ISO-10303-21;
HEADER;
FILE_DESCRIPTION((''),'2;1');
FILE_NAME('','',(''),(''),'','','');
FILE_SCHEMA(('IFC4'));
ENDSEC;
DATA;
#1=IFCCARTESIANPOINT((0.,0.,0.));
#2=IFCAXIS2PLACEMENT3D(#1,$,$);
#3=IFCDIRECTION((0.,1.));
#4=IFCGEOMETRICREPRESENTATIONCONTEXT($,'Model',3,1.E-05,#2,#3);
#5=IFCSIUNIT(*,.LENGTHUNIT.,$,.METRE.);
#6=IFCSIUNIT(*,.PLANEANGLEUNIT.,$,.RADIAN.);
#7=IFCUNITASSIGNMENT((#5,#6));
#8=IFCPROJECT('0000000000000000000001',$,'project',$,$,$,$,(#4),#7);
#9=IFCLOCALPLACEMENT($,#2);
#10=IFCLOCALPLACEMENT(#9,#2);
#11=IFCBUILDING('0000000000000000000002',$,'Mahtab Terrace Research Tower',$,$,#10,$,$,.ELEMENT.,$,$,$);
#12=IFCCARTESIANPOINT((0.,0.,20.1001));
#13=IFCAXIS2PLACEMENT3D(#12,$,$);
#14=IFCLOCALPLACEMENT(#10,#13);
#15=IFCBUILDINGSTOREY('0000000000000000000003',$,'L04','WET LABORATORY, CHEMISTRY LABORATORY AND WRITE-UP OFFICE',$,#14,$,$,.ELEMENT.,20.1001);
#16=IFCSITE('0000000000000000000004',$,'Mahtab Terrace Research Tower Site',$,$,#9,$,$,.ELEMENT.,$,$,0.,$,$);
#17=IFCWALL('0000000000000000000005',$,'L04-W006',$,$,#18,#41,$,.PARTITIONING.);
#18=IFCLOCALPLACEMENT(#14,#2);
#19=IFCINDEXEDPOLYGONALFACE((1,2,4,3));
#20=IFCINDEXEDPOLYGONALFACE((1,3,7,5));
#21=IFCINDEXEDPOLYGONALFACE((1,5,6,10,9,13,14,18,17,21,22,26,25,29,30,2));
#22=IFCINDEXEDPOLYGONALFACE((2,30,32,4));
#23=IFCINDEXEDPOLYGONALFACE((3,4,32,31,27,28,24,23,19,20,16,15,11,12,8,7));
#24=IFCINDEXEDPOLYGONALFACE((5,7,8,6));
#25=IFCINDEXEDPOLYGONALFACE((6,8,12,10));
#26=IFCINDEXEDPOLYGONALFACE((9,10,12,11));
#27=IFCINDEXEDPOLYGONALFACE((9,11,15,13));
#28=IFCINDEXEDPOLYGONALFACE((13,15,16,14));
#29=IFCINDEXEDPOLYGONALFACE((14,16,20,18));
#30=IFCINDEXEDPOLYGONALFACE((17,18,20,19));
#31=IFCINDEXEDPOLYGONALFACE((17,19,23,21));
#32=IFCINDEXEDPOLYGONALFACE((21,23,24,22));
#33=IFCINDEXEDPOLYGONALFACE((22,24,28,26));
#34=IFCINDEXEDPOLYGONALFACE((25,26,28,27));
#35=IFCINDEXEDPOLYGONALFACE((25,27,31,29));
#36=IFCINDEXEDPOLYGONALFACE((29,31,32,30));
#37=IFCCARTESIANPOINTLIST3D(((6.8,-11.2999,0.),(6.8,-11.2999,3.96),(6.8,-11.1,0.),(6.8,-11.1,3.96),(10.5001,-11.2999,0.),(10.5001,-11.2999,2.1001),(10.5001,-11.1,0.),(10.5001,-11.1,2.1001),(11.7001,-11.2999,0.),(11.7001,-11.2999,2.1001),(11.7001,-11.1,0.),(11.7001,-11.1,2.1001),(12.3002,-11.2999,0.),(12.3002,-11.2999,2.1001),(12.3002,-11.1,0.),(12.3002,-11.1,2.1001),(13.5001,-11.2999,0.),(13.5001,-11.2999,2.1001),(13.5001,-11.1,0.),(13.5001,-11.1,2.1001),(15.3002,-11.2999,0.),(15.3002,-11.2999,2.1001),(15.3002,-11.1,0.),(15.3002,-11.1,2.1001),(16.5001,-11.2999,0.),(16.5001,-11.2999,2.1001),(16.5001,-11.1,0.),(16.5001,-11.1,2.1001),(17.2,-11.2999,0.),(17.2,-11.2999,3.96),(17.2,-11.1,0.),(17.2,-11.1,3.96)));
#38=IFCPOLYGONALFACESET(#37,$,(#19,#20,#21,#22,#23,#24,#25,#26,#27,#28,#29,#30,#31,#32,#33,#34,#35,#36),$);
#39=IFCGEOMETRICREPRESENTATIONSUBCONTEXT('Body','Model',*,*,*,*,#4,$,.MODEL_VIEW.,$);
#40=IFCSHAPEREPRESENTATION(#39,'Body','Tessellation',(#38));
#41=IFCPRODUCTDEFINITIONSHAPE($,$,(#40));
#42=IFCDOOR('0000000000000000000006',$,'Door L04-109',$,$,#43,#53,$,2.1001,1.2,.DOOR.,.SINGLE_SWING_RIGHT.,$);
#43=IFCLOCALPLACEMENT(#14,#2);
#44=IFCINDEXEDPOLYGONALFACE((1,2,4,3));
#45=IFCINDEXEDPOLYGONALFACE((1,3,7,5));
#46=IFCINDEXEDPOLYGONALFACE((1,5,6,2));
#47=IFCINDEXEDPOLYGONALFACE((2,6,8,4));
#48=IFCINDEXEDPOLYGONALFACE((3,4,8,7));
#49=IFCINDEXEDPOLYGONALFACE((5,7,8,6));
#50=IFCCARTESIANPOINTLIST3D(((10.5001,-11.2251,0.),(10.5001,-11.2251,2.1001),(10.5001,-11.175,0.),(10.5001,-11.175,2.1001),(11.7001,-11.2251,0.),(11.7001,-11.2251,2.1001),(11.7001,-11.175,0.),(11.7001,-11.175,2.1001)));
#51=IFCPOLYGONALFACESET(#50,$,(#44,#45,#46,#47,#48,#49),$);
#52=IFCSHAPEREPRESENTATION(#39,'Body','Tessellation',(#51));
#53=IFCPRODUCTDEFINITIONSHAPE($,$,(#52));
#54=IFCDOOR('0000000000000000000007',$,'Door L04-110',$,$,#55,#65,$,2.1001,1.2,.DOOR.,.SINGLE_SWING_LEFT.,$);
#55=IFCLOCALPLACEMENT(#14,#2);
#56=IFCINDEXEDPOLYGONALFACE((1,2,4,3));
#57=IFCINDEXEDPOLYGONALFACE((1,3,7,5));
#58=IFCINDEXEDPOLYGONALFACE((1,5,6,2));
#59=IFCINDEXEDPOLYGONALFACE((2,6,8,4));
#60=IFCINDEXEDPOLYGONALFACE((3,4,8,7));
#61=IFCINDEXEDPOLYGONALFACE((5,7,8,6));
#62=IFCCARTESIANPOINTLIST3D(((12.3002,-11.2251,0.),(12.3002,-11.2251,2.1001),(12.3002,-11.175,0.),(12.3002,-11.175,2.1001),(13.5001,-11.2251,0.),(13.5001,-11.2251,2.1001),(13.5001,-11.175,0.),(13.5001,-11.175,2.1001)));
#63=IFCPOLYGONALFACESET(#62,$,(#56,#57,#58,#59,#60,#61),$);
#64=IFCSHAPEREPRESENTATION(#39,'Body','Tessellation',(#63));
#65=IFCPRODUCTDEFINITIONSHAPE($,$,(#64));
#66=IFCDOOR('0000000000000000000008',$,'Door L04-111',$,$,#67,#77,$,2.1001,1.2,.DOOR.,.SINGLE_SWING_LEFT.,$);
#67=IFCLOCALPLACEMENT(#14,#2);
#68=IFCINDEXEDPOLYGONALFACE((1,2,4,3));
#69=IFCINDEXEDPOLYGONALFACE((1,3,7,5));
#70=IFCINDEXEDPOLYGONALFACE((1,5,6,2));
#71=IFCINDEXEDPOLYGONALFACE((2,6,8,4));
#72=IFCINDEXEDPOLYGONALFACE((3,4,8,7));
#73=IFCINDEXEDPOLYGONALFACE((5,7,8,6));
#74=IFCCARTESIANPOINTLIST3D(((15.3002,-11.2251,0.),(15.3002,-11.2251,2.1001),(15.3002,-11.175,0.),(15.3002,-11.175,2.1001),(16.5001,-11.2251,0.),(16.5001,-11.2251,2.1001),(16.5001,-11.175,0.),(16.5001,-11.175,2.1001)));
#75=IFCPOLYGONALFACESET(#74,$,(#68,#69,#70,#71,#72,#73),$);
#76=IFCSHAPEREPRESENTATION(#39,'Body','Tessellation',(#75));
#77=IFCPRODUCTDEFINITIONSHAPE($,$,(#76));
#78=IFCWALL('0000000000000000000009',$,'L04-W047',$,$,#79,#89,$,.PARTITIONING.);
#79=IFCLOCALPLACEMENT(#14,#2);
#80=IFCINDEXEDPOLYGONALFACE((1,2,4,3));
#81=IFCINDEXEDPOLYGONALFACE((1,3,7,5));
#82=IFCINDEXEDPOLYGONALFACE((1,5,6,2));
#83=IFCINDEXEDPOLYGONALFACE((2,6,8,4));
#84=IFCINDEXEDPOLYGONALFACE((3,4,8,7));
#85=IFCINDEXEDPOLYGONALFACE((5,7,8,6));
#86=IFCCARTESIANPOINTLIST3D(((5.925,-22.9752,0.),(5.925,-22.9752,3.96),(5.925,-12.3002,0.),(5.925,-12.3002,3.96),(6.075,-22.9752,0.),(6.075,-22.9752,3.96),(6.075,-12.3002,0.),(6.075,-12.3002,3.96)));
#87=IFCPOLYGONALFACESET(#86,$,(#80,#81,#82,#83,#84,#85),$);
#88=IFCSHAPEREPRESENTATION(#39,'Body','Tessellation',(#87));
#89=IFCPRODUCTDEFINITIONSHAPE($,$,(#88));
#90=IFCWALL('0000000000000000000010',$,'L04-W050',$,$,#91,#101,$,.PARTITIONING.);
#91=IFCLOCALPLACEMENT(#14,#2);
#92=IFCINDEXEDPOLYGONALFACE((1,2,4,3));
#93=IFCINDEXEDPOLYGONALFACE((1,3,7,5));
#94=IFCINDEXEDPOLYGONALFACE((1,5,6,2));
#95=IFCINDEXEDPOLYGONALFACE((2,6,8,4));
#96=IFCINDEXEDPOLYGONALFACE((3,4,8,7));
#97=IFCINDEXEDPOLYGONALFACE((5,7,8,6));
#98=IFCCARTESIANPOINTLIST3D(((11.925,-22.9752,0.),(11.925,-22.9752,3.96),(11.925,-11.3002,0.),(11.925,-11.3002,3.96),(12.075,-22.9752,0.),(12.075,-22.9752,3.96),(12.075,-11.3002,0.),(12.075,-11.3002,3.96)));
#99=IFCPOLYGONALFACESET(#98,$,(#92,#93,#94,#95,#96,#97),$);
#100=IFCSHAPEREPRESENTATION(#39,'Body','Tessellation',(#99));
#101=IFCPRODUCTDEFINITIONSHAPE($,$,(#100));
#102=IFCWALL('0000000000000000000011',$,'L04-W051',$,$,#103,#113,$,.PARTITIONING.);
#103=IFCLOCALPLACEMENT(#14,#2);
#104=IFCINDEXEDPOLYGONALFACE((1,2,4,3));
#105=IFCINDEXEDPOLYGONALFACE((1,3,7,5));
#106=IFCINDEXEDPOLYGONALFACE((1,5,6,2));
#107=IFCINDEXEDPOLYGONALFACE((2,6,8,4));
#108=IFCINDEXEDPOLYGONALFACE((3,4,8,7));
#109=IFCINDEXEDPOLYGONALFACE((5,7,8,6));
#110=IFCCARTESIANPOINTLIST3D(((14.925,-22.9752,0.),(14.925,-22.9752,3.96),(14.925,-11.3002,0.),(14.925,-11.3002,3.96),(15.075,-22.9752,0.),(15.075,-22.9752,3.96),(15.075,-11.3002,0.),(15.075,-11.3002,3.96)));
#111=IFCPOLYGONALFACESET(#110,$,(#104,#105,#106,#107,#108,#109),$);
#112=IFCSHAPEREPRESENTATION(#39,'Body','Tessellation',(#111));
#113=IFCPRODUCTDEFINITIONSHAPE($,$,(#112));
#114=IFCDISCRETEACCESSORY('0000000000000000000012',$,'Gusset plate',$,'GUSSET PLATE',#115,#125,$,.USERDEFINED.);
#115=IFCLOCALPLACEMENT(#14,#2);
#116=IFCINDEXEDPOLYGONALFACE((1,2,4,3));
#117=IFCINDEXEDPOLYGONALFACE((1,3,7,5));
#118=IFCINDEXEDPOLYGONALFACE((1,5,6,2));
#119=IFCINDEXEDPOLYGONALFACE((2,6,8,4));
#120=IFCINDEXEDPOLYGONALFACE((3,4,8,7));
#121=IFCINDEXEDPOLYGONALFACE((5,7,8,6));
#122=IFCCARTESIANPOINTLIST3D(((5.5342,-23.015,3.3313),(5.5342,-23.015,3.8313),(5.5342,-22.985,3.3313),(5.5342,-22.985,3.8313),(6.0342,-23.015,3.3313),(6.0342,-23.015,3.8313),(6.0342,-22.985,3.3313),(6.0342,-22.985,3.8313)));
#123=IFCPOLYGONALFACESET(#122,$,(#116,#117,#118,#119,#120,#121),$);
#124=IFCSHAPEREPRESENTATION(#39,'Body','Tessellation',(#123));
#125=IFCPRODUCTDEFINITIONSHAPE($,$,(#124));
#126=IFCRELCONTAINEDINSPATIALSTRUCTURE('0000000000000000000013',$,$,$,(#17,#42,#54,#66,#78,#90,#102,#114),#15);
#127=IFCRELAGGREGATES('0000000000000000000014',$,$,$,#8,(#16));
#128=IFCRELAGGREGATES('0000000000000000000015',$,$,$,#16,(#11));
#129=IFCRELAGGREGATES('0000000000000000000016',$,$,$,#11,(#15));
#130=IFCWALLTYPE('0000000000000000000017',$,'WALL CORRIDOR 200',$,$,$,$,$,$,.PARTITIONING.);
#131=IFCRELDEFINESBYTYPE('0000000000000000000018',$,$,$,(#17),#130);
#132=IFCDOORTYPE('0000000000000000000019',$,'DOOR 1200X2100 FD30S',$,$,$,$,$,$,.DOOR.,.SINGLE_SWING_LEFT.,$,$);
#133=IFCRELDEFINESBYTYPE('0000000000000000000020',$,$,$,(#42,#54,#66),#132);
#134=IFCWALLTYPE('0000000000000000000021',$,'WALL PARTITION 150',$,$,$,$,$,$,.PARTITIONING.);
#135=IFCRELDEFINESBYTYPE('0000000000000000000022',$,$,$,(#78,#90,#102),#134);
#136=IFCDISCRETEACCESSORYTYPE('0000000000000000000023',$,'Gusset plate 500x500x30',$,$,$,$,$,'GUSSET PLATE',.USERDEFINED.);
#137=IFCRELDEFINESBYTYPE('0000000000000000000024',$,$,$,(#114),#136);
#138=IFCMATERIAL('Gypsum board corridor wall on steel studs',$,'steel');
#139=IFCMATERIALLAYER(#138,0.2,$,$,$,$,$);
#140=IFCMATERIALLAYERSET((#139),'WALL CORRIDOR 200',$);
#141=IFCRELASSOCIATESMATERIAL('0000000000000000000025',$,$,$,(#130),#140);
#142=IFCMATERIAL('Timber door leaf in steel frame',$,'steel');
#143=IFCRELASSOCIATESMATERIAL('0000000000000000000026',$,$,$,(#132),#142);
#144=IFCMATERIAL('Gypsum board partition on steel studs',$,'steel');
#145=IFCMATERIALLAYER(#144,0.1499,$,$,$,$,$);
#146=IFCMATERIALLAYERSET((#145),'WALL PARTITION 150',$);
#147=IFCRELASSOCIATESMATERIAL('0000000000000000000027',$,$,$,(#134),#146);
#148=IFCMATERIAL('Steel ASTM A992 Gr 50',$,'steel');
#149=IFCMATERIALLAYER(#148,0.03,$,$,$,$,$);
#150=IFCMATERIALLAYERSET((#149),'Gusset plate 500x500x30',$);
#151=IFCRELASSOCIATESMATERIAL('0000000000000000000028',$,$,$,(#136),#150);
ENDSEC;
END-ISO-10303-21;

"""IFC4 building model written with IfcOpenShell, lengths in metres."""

from ifc_helpers import new_model, si_unit, direction, frame, frame_2d, origin, origin_2d, place, context, subcontext, project, spatial, rectangle, extrude, material, layer, layer_set, type_object, element, fill, save


model = new_model("IFC4")

# Units and contexts
model_context = context("Model", 3, precision=1e-05, world=origin(), true_north=direction((0.0, 1.0)))
body_context = subcontext(model_context, "Body", "Model", "MODEL_VIEW")
ifc_project = project(units=[si_unit("LENGTHUNIT", "METRE"), si_unit("PLANEANGLEUNIT", "RADIAN")], contexts=[model_context])

# Site, building, storey
site_placement = place(None, origin())
site = spatial("IfcSite", under=ifc_project, at=site_placement, Name="Mahtab Terrace Research Tower Site", CompositionType="ELEMENT", RefElevation=0.0)
building_placement = place(site_placement, origin())
building = spatial("IfcBuilding", under=site, at=building_placement, Name="Mahtab Terrace Research Tower", CompositionType="ELEMENT")
storey_placement = place(building_placement, frame((0.0, 0.0, 20.1001)))
storey = spatial("IfcBuildingStorey", under=building, at=storey_placement, Name="L04", Description="WET LABORATORY, CHEMISTRY LABORATORY AND WRITE-UP OFFICE", CompositionType="ELEMENT", Elevation=20.1001)

# Shared definitions
ifc_material_1 = material(Name="Steel ASTM A992 Gr 50", Category="steel")

# Wall, openings, doors
ifc_material_2 = material(Name="Gypsum board corridor wall on steel studs", Category="steel")
ifc_layer_1 = layer(ifc_material_2, 0.2)
ifc_layer_set_1 = layer_set([ifc_layer_1], Name="WALL CORRIDOR 200")
wall_type_1 = type_object("IfcWallType", Name="WALL CORRIDOR 200", PredefinedType="PARTITIONING", material=ifc_layer_set_1)
wall_1_placement = place(storey_placement, frame((6.8, -11.2, 0.0), z_axis=(0.0, 0.0, 1.0), x_axis=(1.0, 0.0, 0.0)))
wall_1 = element("IfcWall", 1, at=wall_1_placement, inside=storey, type_object=wall_type_1, Name="L04-W006", PredefinedType="PARTITIONING", context=body_context, shape_type="SweptSolid", body=[
    extrude(rectangle(XDim=10.3999, YDim=0.2, at=frame_2d((5.2, 0.0))), origin(), (0.0, 0.0, 1.0), 3.96),
])
opening_1_placement = place(wall_1_placement, frame((3.7, 0.0, 0.0)))
opening_1 = element("IfcOpeningElement", 2, at=opening_1_placement, cuts=wall_1, PredefinedType="OPENING", context=body_context, shape_type="SweptSolid", body=[
    extrude(rectangle(XDim=1.2, YDim=2.1001, at=frame_2d((0.6001, 1.05))), frame((0.0, 0.1099, 0.0), z_axis=(0.0, -1.0, 0.0), x_axis=(1.0, 0.0, 0.0)), (0.0, 0.0, 1.0), 0.22),
])
opening_2_placement = place(wall_1_placement, frame((5.5, 0.0, 0.0)))
opening_2 = element("IfcOpeningElement", 3, at=opening_2_placement, cuts=wall_1, PredefinedType="OPENING", context=body_context, shape_type="SweptSolid", body=[
    extrude(rectangle(XDim=1.2, YDim=2.1001, at=frame_2d((0.6001, 1.05))), frame((0.0, 0.1099, 0.0), z_axis=(0.0, -1.0, 0.0), x_axis=(1.0, 0.0, 0.0)), (0.0, 0.0, 1.0), 0.22),
])
opening_3_placement = place(wall_1_placement, frame((8.5, 0.0, 0.0)))
opening_3 = element("IfcOpeningElement", 4, at=opening_3_placement, cuts=wall_1, PredefinedType="OPENING", context=body_context, shape_type="SweptSolid", body=[
    extrude(rectangle(XDim=1.2, YDim=2.1001, at=frame_2d((0.6001, 1.05))), frame((0.0, 0.1099, 0.0), z_axis=(0.0, -1.0, 0.0), x_axis=(1.0, 0.0, 0.0)), (0.0, 0.0, 1.0), 0.22),
])
ifc_material_3 = material(Name="Timber door leaf in steel frame", Category="steel")
door_type = type_object("IfcDoorType", Name="DOOR 1200X2100 FD30S", OperationType="SINGLE_SWING_LEFT", PredefinedType="DOOR", material=ifc_material_3)
door_1_placement = place(opening_1_placement, origin())
door_1 = element("IfcDoor", 5, at=door_1_placement, inside=storey, type_object=door_type, Name="Door L04-109", OperationType="SINGLE_SWING_RIGHT", OverallHeight=2.1001, OverallWidth=1.2, PredefinedType="DOOR", context=body_context, shape_type="SweptSolid", body=[
    extrude(rectangle(XDim=1.2, YDim=2.1001, at=frame_2d((0.6001, 1.05))), frame((0.0, 0.0249, 0.0), z_axis=(0.0, -1.0, 0.0), x_axis=(1.0, 0.0, 0.0)), (0.0, 0.0, 1.0), 0.05),
])
fill(opening_1, door_1)
door_2_placement = place(opening_2_placement, origin())
door_2 = element("IfcDoor", 6, at=door_2_placement, inside=storey, type_object=door_type, Name="Door L04-110", OperationType="SINGLE_SWING_LEFT", OverallHeight=2.1001, OverallWidth=1.2, PredefinedType="DOOR", context=body_context, shape_type="SweptSolid", body=[
    extrude(rectangle(XDim=1.2, YDim=2.1001, at=frame_2d((0.6001, 1.05))), frame((0.0, 0.0249, 0.0), z_axis=(0.0, -1.0, 0.0), x_axis=(1.0, 0.0, 0.0)), (0.0, 0.0, 1.0), 0.05),
])
fill(opening_2, door_2)
door_3_placement = place(opening_3_placement, origin())
door_3 = element("IfcDoor", 7, at=door_3_placement, inside=storey, type_object=door_type, Name="Door L04-111", OperationType="SINGLE_SWING_LEFT", OverallHeight=2.1001, OverallWidth=1.2, PredefinedType="DOOR", context=body_context, shape_type="SweptSolid", body=[
    extrude(rectangle(XDim=1.2, YDim=2.1001, at=frame_2d((0.6001, 1.05))), frame((0.0, 0.0249, 0.0), z_axis=(0.0, -1.0, 0.0), x_axis=(1.0, 0.0, 0.0)), (0.0, 0.0, 1.0), 0.05),
])
fill(opening_3, door_3)

# Walls
ifc_material_4 = material(Name="Gypsum board partition on steel studs", Category="steel")
ifc_layer_2 = layer(ifc_material_4, 0.1499)
ifc_layer_set_2 = layer_set([ifc_layer_2], Name="WALL PARTITION 150")
wall_type_2 = type_object("IfcWallType", Name="WALL PARTITION 150", PredefinedType="PARTITIONING", material=ifc_layer_set_2)
wall_2_placement = place(storey_placement, frame((6.0, -22.9751, 0.0), z_axis=(0.0, 0.0, 1.0), x_axis=(0.0, 1.0, 0.0)))
element("IfcWall", 8, at=wall_2_placement, inside=storey, type_object=wall_type_2, Name="L04-W047", PredefinedType="PARTITIONING", context=body_context, shape_type="SweptSolid", body=[
    extrude(rectangle(XDim=10.675, YDim=0.1499, at=frame_2d((5.3374, 0.0))), origin(), (0.0, 0.0, 1.0), 3.96),
])
for number, where, z_axis, x_axis, name in (
    (9, (12.0, -22.9751, 0.0), (0.0, 0.0, 1.0), (0.0, 1.0, 0.0), "L04-W050"),
    (10, (15.0, -22.9751, 0.0), (0.0, 0.0, 1.0), (0.0, 1.0, 0.0), "L04-W051"),
):
    element("IfcWall", number, at=place(storey_placement, frame(where, z_axis=z_axis, x_axis=x_axis)), inside=storey, type_object=wall_type_2, Name=name, PredefinedType="PARTITIONING", context=body_context, shape_type="SweptSolid", body=[
        extrude(rectangle(XDim=11.675, YDim=0.1499, at=frame_2d((5.8374, 0.0))), origin(), (0.0, 0.0, 1.0), 3.96),
    ])

# Discrete accessory
ifc_layer_3 = layer(ifc_material_1, 0.03)
ifc_layer_set_3 = layer_set([ifc_layer_3], Name="Gusset plate 500x500x30")
discrete_accessory_type = type_object("IfcDiscreteAccessoryType", Name="Gusset plate 500x500x30", ElementType="GUSSET PLATE", PredefinedType="USERDEFINED", material=ifc_layer_set_3)
discrete_accessory_placement = place(storey_placement, frame((5.7842, -23.0, 3.3313), z_axis=(0.0, 0.0, 1.0), x_axis=(1.0, 0.0, 0.0)))
element("IfcDiscreteAccessory", 11, at=discrete_accessory_placement, inside=storey, type_object=discrete_accessory_type, Name="Gusset plate", ObjectType="GUSSET PLATE", PredefinedType="USERDEFINED", context=body_context, shape_type="SweptSolid", body=[
    extrude(rectangle(XDim=0.5, YDim=0.03, at=origin_2d()), origin(), (0.0, 0.0, 1.0), 0.5),
])

save(model, "model.ifc")
